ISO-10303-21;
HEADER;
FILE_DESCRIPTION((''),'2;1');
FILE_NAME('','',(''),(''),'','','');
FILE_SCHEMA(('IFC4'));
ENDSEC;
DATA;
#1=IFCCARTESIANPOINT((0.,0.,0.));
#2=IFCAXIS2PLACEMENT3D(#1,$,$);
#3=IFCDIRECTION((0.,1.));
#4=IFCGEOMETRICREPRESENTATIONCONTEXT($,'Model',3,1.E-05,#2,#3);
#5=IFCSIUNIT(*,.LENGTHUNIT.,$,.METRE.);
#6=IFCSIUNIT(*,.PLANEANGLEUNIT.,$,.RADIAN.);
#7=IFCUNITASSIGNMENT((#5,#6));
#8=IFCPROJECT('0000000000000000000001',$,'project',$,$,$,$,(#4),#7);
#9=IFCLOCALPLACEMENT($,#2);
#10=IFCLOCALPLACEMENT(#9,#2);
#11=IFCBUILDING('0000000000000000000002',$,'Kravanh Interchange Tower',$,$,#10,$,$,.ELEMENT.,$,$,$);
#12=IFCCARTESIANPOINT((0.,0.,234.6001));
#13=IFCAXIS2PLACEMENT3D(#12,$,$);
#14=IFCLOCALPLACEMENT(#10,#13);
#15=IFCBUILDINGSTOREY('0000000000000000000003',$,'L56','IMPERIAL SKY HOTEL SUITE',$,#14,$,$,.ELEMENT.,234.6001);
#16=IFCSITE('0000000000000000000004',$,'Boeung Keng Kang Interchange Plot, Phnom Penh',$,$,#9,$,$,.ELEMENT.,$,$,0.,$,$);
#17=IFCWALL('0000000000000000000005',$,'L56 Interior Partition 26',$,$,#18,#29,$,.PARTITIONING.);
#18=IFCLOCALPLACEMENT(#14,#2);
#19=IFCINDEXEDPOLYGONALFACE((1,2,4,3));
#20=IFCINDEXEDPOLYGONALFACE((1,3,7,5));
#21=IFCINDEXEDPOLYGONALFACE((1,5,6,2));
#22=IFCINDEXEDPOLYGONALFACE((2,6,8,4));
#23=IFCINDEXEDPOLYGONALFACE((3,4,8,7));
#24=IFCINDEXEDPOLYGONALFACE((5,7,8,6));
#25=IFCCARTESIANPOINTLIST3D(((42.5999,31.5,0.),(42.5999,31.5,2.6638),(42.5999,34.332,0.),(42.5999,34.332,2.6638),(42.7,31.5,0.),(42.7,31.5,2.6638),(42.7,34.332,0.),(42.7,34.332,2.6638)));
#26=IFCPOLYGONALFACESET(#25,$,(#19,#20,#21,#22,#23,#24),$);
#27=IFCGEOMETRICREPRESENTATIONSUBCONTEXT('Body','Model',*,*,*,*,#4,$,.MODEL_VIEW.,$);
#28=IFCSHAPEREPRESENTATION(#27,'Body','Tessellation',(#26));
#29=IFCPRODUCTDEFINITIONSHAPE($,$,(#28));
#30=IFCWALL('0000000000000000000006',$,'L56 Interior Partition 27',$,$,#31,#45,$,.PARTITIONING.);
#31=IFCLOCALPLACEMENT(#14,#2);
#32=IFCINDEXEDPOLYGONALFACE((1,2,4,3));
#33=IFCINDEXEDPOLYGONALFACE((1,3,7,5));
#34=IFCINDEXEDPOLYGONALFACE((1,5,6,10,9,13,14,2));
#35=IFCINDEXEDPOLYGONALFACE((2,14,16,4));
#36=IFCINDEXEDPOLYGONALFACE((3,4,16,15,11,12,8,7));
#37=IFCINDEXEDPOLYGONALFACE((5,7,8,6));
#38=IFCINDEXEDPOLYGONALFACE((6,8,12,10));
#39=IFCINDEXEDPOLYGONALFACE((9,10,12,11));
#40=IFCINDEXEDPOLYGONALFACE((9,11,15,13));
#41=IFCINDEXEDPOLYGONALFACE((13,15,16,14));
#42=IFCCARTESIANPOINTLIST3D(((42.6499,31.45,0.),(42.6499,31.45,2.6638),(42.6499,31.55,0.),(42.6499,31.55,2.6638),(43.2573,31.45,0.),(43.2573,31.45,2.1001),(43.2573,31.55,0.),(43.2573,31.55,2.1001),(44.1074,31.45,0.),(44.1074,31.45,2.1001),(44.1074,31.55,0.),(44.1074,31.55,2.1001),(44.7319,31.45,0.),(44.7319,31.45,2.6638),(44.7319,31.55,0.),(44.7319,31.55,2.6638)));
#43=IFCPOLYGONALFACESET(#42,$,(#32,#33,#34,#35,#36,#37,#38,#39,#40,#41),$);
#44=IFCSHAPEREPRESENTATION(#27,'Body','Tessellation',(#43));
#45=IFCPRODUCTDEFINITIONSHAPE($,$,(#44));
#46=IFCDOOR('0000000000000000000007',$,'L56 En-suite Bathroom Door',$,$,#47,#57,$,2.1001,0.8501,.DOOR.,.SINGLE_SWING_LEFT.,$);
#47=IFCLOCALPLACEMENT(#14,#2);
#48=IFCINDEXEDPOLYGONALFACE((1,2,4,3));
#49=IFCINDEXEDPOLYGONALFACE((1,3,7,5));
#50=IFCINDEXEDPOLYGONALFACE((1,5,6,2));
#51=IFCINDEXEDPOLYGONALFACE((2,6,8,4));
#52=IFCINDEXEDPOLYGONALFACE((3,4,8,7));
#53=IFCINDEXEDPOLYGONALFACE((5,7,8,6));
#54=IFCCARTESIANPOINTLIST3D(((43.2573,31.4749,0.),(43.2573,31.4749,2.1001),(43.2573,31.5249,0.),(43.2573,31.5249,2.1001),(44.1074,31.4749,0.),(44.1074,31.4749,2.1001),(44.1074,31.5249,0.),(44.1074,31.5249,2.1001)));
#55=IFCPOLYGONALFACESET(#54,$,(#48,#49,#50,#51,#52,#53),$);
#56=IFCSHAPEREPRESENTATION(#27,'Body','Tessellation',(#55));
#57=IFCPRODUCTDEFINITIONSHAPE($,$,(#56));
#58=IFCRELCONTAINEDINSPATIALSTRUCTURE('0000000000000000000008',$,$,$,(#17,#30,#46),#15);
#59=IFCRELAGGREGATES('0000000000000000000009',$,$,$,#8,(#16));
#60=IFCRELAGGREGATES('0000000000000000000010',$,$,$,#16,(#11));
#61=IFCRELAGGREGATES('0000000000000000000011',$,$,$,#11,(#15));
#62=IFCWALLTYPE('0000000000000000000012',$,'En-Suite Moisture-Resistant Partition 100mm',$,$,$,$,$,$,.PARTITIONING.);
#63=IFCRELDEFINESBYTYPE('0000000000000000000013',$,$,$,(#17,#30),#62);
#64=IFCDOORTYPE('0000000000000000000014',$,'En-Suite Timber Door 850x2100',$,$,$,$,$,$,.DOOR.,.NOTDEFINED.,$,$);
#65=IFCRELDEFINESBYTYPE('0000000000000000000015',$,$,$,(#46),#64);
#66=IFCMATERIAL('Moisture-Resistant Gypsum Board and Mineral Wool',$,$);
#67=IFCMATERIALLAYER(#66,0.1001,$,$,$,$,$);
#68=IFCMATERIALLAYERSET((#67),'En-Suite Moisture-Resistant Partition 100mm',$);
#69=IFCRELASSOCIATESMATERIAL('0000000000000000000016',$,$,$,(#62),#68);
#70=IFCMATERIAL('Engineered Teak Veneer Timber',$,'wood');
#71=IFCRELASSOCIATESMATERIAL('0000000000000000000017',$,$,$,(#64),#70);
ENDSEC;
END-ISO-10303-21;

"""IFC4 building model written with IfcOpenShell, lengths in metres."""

from ifc_helpers import new_model, si_unit, direction, frame, frame_2d, origin, place, context, subcontext, project, spatial, rectangle, extrude, material, layer, layer_set, type_object, element, fill, save


model = new_model("IFC4")

# Units and contexts
model_context = context("Model", 3, precision=1e-05, world=origin(), true_north=direction((0.0, 1.0)))
body_context = subcontext(model_context, "Body", "Model", "MODEL_VIEW")
ifc_project = project(units=[si_unit("LENGTHUNIT", "METRE"), si_unit("PLANEANGLEUNIT", "RADIAN")], contexts=[model_context])

# Site, building, storey
site_placement = place(None, origin())
site = spatial("IfcSite", under=ifc_project, at=site_placement, Name="Boeung Keng Kang Interchange Plot, Phnom Penh", CompositionType="ELEMENT", RefElevation=0.0)
building_placement = place(site_placement, origin())
building = spatial("IfcBuilding", under=site, at=building_placement, Name="Kravanh Interchange Tower", CompositionType="ELEMENT")
storey_placement = place(building_placement, frame((0.0, 0.0, 234.6001)))
storey = spatial("IfcBuildingStorey", under=building, at=storey_placement, Name="L56", Description="IMPERIAL SKY HOTEL SUITE", CompositionType="ELEMENT", Elevation=234.6001)

# Shared definitions
ifc_material_1 = material(Name="Moisture-Resistant Gypsum Board and Mineral Wool")
ifc_layer_1 = layer(ifc_material_1, 0.1001)
ifc_layer_set_1 = layer_set([ifc_layer_1], Name="En-Suite Moisture-Resistant Partition 100mm")
wall_type_1 = type_object("IfcWallType", Name="En-Suite Moisture-Resistant Partition 100mm", PredefinedType="PARTITIONING", material=ifc_layer_set_1)

# Shared definitions
ifc_material_2 = material(Name="Engineered Teak Veneer Timber", Category="wood")
door_type_1 = type_object("IfcDoorType", Name="En-Suite Timber Door 850x2100", OperationType="NOTDEFINED", PredefinedType="DOOR", material=ifc_material_2)

# Wall
wall_1_placement = place(storey_placement, frame((42.6499, 31.5, 0.0), z_axis=(0.0, 0.0, 1.0), x_axis=(0.0, 1.0, 0.0)))
element("IfcWall", 1, at=wall_1_placement, inside=storey, type_object=wall_type_1, Name="L56 Interior Partition 26", PredefinedType="PARTITIONING", context=body_context, shape_type="SweptSolid", body=[
    extrude(rectangle(XDim=2.832, YDim=0.1001, at=frame_2d((1.416, 0.0))), origin(), (0.0, 0.0, 1.0), 2.6638),
])

# Wall, opening, door
wall_2_placement = place(storey_placement, frame((42.6499, 31.5, 0.0), z_axis=(0.0, 0.0, 1.0), x_axis=(1.0, 0.0, 0.0)))
wall_2 = element("IfcWall", 2, at=wall_2_placement, inside=storey, type_object=wall_type_1, Name="L56 Interior Partition 27", PredefinedType="PARTITIONING", context=body_context, shape_type="SweptSolid", body=[
    extrude(rectangle(XDim=2.082, YDim=0.1001, at=frame_2d((1.041, 0.0))), origin(), (0.0, 0.0, 1.0), 2.6638),
])
opening_1_placement = place(wall_2_placement, frame((0.6074, 0.0, 0.0)))
opening_1 = element("IfcOpeningElement", 3, at=opening_1_placement, cuts=wall_2, PredefinedType="OPENING", context=body_context, shape_type="SweptSolid", body=[
    extrude(rectangle(XDim=0.8501, YDim=2.1001, at=frame_2d((0.425, 1.05))), frame((0.0, 0.0601, 0.0), z_axis=(0.0, -1.0, 0.0), x_axis=(1.0, 0.0, 0.0)), (0.0, 0.0, 1.0), 0.1201),
])
door_1_placement = place(opening_1_placement, origin())
door_1 = element("IfcDoor", 4, at=door_1_placement, inside=storey, type_object=door_type_1, Name="L56 En-suite Bathroom Door", OperationType="SINGLE_SWING_LEFT", OverallHeight=2.1001, OverallWidth=0.8501, PredefinedType="DOOR", context=body_context, shape_type="SweptSolid", body=[
    extrude(rectangle(XDim=0.8501, YDim=2.1001, at=frame_2d((0.425, 1.05))), frame((0.0, 0.0249, 0.0), z_axis=(0.0, -1.0, 0.0), x_axis=(1.0, 0.0, 0.0)), (0.0, 0.0, 1.0), 0.05),
])
fill(opening_1, door_1)

save(model, "model.ifc")
